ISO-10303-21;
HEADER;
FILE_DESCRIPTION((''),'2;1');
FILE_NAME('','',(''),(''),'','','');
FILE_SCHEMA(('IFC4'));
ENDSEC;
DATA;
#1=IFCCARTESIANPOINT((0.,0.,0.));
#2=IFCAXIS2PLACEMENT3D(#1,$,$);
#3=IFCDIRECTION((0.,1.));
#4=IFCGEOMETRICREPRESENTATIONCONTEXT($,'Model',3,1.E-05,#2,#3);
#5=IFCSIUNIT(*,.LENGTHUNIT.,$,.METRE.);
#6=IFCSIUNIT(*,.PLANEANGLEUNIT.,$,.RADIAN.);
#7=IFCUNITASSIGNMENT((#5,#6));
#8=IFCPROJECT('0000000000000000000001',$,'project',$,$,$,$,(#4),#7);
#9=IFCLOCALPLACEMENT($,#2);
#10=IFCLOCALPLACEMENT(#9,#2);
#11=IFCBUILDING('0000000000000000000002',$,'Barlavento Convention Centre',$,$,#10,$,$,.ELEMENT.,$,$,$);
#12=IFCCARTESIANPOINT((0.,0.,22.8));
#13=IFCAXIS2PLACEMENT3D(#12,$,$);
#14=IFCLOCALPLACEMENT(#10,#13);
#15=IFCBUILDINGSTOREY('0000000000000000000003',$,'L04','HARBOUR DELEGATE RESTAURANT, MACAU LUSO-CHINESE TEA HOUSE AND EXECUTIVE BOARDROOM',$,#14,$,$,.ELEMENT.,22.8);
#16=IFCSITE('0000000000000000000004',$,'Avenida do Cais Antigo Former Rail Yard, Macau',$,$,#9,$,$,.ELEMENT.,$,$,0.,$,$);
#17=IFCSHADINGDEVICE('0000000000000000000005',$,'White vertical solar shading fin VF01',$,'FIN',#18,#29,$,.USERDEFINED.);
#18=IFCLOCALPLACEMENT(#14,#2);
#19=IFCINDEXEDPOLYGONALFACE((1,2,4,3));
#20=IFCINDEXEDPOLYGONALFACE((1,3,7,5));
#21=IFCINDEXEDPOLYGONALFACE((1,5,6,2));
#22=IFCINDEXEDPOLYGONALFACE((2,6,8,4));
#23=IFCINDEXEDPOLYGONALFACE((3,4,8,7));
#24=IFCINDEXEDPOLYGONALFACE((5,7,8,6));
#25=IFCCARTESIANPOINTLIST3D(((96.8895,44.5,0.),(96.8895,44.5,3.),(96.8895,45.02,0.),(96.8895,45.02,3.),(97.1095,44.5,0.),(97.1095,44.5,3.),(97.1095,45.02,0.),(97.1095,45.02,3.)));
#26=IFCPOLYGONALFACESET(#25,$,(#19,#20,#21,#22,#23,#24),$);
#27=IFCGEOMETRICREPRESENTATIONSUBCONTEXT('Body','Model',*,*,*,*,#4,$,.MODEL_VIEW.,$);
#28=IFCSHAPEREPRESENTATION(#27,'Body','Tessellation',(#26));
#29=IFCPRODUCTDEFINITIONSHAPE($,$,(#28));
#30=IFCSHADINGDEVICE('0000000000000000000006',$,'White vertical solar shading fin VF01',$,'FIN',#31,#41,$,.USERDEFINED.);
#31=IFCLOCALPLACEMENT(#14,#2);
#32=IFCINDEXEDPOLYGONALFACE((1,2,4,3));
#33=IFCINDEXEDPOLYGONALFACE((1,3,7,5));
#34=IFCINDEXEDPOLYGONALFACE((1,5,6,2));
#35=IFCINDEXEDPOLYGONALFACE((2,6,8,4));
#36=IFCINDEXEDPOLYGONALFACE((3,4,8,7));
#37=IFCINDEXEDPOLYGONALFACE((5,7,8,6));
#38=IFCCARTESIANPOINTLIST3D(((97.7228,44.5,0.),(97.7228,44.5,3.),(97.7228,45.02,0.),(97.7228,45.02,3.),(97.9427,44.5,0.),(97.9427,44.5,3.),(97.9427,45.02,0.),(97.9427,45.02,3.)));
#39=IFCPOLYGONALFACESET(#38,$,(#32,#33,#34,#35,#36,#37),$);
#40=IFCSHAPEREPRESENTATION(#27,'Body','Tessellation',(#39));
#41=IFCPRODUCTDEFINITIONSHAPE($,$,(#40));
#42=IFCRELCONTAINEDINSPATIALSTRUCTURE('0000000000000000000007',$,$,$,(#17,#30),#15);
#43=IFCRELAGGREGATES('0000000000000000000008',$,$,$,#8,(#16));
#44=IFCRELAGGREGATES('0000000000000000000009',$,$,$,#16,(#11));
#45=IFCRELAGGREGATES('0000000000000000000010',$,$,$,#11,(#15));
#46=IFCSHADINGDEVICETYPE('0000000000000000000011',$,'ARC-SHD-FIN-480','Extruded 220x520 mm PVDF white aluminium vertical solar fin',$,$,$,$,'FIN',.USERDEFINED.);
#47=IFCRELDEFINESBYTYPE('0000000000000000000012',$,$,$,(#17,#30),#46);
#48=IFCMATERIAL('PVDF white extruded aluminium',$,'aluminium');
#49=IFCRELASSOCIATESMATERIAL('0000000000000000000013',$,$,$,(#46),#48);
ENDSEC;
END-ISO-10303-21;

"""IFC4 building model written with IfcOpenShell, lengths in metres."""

from ifc_helpers import new_model, si_unit, direction, frame, origin, origin_2d, place, context, subcontext, project, spatial, rectangle, extrude, material, type_object, element, save


model = new_model("IFC4")

# Units and contexts
model_context = context("Model", 3, precision=1e-05, world=origin(), true_north=direction((0.0, 1.0)))
body_context = subcontext(model_context, "Body", "Model", "MODEL_VIEW")
ifc_project = project(units=[si_unit("LENGTHUNIT", "METRE"), si_unit("PLANEANGLEUNIT", "RADIAN")], contexts=[model_context])

# Site, building, storey
site_placement = place(None, origin())
site = spatial("IfcSite", under=ifc_project, at=site_placement, Name="Avenida do Cais Antigo Former Rail Yard, Macau", CompositionType="ELEMENT", RefElevation=0.0)
building_placement = place(site_placement, origin())
building = spatial("IfcBuilding", under=site, at=building_placement, Name="Barlavento Convention Centre", CompositionType="ELEMENT")
storey_placement = place(building_placement, frame((0.0, 0.0, 22.8)))
storey = spatial("IfcBuildingStorey", under=building, at=storey_placement, Name="L04", Description="HARBOUR DELEGATE RESTAURANT, MACAU LUSO-CHINESE TEA HOUSE AND EXECUTIVE BOARDROOM", CompositionType="ELEMENT", Elevation=22.8)

# Shading devices
ifc_material_1 = material(Name="PVDF white extruded aluminium", Category="aluminium")
shading_device_type = type_object("IfcShadingDeviceType", Name="ARC-SHD-FIN-480", Description="Extruded 220x520 mm PVDF white aluminium vertical solar fin", ElementType="FIN", PredefinedType="USERDEFINED", material=ifc_material_1)
for number, where, z_axis, x_axis, name in (
    (1, (96.9995, 44.76, 0.0), (0.0, 0.0, 1.0), (1.0, 0.0, 0.0), "White vertical solar shading fin VF01"),
    (2, (97.8328, 44.76, 0.0), (0.0, 0.0, 1.0), (1.0, 0.0, 0.0), "White vertical solar shading fin VF01"),
):
    element("IfcShadingDevice", number, at=place(storey_placement, frame(where, z_axis=z_axis, x_axis=x_axis)), inside=storey, type_object=shading_device_type, Name=name, ObjectType="FIN", PredefinedType="USERDEFINED", context=body_context, shape_type="SweptSolid", body=[
        extrude(rectangle(XDim=0.22, YDim=0.52, at=origin_2d()), origin(), (0.0, 0.0, 1.0), 3.0),
    ])

save(model, "model.ifc")
